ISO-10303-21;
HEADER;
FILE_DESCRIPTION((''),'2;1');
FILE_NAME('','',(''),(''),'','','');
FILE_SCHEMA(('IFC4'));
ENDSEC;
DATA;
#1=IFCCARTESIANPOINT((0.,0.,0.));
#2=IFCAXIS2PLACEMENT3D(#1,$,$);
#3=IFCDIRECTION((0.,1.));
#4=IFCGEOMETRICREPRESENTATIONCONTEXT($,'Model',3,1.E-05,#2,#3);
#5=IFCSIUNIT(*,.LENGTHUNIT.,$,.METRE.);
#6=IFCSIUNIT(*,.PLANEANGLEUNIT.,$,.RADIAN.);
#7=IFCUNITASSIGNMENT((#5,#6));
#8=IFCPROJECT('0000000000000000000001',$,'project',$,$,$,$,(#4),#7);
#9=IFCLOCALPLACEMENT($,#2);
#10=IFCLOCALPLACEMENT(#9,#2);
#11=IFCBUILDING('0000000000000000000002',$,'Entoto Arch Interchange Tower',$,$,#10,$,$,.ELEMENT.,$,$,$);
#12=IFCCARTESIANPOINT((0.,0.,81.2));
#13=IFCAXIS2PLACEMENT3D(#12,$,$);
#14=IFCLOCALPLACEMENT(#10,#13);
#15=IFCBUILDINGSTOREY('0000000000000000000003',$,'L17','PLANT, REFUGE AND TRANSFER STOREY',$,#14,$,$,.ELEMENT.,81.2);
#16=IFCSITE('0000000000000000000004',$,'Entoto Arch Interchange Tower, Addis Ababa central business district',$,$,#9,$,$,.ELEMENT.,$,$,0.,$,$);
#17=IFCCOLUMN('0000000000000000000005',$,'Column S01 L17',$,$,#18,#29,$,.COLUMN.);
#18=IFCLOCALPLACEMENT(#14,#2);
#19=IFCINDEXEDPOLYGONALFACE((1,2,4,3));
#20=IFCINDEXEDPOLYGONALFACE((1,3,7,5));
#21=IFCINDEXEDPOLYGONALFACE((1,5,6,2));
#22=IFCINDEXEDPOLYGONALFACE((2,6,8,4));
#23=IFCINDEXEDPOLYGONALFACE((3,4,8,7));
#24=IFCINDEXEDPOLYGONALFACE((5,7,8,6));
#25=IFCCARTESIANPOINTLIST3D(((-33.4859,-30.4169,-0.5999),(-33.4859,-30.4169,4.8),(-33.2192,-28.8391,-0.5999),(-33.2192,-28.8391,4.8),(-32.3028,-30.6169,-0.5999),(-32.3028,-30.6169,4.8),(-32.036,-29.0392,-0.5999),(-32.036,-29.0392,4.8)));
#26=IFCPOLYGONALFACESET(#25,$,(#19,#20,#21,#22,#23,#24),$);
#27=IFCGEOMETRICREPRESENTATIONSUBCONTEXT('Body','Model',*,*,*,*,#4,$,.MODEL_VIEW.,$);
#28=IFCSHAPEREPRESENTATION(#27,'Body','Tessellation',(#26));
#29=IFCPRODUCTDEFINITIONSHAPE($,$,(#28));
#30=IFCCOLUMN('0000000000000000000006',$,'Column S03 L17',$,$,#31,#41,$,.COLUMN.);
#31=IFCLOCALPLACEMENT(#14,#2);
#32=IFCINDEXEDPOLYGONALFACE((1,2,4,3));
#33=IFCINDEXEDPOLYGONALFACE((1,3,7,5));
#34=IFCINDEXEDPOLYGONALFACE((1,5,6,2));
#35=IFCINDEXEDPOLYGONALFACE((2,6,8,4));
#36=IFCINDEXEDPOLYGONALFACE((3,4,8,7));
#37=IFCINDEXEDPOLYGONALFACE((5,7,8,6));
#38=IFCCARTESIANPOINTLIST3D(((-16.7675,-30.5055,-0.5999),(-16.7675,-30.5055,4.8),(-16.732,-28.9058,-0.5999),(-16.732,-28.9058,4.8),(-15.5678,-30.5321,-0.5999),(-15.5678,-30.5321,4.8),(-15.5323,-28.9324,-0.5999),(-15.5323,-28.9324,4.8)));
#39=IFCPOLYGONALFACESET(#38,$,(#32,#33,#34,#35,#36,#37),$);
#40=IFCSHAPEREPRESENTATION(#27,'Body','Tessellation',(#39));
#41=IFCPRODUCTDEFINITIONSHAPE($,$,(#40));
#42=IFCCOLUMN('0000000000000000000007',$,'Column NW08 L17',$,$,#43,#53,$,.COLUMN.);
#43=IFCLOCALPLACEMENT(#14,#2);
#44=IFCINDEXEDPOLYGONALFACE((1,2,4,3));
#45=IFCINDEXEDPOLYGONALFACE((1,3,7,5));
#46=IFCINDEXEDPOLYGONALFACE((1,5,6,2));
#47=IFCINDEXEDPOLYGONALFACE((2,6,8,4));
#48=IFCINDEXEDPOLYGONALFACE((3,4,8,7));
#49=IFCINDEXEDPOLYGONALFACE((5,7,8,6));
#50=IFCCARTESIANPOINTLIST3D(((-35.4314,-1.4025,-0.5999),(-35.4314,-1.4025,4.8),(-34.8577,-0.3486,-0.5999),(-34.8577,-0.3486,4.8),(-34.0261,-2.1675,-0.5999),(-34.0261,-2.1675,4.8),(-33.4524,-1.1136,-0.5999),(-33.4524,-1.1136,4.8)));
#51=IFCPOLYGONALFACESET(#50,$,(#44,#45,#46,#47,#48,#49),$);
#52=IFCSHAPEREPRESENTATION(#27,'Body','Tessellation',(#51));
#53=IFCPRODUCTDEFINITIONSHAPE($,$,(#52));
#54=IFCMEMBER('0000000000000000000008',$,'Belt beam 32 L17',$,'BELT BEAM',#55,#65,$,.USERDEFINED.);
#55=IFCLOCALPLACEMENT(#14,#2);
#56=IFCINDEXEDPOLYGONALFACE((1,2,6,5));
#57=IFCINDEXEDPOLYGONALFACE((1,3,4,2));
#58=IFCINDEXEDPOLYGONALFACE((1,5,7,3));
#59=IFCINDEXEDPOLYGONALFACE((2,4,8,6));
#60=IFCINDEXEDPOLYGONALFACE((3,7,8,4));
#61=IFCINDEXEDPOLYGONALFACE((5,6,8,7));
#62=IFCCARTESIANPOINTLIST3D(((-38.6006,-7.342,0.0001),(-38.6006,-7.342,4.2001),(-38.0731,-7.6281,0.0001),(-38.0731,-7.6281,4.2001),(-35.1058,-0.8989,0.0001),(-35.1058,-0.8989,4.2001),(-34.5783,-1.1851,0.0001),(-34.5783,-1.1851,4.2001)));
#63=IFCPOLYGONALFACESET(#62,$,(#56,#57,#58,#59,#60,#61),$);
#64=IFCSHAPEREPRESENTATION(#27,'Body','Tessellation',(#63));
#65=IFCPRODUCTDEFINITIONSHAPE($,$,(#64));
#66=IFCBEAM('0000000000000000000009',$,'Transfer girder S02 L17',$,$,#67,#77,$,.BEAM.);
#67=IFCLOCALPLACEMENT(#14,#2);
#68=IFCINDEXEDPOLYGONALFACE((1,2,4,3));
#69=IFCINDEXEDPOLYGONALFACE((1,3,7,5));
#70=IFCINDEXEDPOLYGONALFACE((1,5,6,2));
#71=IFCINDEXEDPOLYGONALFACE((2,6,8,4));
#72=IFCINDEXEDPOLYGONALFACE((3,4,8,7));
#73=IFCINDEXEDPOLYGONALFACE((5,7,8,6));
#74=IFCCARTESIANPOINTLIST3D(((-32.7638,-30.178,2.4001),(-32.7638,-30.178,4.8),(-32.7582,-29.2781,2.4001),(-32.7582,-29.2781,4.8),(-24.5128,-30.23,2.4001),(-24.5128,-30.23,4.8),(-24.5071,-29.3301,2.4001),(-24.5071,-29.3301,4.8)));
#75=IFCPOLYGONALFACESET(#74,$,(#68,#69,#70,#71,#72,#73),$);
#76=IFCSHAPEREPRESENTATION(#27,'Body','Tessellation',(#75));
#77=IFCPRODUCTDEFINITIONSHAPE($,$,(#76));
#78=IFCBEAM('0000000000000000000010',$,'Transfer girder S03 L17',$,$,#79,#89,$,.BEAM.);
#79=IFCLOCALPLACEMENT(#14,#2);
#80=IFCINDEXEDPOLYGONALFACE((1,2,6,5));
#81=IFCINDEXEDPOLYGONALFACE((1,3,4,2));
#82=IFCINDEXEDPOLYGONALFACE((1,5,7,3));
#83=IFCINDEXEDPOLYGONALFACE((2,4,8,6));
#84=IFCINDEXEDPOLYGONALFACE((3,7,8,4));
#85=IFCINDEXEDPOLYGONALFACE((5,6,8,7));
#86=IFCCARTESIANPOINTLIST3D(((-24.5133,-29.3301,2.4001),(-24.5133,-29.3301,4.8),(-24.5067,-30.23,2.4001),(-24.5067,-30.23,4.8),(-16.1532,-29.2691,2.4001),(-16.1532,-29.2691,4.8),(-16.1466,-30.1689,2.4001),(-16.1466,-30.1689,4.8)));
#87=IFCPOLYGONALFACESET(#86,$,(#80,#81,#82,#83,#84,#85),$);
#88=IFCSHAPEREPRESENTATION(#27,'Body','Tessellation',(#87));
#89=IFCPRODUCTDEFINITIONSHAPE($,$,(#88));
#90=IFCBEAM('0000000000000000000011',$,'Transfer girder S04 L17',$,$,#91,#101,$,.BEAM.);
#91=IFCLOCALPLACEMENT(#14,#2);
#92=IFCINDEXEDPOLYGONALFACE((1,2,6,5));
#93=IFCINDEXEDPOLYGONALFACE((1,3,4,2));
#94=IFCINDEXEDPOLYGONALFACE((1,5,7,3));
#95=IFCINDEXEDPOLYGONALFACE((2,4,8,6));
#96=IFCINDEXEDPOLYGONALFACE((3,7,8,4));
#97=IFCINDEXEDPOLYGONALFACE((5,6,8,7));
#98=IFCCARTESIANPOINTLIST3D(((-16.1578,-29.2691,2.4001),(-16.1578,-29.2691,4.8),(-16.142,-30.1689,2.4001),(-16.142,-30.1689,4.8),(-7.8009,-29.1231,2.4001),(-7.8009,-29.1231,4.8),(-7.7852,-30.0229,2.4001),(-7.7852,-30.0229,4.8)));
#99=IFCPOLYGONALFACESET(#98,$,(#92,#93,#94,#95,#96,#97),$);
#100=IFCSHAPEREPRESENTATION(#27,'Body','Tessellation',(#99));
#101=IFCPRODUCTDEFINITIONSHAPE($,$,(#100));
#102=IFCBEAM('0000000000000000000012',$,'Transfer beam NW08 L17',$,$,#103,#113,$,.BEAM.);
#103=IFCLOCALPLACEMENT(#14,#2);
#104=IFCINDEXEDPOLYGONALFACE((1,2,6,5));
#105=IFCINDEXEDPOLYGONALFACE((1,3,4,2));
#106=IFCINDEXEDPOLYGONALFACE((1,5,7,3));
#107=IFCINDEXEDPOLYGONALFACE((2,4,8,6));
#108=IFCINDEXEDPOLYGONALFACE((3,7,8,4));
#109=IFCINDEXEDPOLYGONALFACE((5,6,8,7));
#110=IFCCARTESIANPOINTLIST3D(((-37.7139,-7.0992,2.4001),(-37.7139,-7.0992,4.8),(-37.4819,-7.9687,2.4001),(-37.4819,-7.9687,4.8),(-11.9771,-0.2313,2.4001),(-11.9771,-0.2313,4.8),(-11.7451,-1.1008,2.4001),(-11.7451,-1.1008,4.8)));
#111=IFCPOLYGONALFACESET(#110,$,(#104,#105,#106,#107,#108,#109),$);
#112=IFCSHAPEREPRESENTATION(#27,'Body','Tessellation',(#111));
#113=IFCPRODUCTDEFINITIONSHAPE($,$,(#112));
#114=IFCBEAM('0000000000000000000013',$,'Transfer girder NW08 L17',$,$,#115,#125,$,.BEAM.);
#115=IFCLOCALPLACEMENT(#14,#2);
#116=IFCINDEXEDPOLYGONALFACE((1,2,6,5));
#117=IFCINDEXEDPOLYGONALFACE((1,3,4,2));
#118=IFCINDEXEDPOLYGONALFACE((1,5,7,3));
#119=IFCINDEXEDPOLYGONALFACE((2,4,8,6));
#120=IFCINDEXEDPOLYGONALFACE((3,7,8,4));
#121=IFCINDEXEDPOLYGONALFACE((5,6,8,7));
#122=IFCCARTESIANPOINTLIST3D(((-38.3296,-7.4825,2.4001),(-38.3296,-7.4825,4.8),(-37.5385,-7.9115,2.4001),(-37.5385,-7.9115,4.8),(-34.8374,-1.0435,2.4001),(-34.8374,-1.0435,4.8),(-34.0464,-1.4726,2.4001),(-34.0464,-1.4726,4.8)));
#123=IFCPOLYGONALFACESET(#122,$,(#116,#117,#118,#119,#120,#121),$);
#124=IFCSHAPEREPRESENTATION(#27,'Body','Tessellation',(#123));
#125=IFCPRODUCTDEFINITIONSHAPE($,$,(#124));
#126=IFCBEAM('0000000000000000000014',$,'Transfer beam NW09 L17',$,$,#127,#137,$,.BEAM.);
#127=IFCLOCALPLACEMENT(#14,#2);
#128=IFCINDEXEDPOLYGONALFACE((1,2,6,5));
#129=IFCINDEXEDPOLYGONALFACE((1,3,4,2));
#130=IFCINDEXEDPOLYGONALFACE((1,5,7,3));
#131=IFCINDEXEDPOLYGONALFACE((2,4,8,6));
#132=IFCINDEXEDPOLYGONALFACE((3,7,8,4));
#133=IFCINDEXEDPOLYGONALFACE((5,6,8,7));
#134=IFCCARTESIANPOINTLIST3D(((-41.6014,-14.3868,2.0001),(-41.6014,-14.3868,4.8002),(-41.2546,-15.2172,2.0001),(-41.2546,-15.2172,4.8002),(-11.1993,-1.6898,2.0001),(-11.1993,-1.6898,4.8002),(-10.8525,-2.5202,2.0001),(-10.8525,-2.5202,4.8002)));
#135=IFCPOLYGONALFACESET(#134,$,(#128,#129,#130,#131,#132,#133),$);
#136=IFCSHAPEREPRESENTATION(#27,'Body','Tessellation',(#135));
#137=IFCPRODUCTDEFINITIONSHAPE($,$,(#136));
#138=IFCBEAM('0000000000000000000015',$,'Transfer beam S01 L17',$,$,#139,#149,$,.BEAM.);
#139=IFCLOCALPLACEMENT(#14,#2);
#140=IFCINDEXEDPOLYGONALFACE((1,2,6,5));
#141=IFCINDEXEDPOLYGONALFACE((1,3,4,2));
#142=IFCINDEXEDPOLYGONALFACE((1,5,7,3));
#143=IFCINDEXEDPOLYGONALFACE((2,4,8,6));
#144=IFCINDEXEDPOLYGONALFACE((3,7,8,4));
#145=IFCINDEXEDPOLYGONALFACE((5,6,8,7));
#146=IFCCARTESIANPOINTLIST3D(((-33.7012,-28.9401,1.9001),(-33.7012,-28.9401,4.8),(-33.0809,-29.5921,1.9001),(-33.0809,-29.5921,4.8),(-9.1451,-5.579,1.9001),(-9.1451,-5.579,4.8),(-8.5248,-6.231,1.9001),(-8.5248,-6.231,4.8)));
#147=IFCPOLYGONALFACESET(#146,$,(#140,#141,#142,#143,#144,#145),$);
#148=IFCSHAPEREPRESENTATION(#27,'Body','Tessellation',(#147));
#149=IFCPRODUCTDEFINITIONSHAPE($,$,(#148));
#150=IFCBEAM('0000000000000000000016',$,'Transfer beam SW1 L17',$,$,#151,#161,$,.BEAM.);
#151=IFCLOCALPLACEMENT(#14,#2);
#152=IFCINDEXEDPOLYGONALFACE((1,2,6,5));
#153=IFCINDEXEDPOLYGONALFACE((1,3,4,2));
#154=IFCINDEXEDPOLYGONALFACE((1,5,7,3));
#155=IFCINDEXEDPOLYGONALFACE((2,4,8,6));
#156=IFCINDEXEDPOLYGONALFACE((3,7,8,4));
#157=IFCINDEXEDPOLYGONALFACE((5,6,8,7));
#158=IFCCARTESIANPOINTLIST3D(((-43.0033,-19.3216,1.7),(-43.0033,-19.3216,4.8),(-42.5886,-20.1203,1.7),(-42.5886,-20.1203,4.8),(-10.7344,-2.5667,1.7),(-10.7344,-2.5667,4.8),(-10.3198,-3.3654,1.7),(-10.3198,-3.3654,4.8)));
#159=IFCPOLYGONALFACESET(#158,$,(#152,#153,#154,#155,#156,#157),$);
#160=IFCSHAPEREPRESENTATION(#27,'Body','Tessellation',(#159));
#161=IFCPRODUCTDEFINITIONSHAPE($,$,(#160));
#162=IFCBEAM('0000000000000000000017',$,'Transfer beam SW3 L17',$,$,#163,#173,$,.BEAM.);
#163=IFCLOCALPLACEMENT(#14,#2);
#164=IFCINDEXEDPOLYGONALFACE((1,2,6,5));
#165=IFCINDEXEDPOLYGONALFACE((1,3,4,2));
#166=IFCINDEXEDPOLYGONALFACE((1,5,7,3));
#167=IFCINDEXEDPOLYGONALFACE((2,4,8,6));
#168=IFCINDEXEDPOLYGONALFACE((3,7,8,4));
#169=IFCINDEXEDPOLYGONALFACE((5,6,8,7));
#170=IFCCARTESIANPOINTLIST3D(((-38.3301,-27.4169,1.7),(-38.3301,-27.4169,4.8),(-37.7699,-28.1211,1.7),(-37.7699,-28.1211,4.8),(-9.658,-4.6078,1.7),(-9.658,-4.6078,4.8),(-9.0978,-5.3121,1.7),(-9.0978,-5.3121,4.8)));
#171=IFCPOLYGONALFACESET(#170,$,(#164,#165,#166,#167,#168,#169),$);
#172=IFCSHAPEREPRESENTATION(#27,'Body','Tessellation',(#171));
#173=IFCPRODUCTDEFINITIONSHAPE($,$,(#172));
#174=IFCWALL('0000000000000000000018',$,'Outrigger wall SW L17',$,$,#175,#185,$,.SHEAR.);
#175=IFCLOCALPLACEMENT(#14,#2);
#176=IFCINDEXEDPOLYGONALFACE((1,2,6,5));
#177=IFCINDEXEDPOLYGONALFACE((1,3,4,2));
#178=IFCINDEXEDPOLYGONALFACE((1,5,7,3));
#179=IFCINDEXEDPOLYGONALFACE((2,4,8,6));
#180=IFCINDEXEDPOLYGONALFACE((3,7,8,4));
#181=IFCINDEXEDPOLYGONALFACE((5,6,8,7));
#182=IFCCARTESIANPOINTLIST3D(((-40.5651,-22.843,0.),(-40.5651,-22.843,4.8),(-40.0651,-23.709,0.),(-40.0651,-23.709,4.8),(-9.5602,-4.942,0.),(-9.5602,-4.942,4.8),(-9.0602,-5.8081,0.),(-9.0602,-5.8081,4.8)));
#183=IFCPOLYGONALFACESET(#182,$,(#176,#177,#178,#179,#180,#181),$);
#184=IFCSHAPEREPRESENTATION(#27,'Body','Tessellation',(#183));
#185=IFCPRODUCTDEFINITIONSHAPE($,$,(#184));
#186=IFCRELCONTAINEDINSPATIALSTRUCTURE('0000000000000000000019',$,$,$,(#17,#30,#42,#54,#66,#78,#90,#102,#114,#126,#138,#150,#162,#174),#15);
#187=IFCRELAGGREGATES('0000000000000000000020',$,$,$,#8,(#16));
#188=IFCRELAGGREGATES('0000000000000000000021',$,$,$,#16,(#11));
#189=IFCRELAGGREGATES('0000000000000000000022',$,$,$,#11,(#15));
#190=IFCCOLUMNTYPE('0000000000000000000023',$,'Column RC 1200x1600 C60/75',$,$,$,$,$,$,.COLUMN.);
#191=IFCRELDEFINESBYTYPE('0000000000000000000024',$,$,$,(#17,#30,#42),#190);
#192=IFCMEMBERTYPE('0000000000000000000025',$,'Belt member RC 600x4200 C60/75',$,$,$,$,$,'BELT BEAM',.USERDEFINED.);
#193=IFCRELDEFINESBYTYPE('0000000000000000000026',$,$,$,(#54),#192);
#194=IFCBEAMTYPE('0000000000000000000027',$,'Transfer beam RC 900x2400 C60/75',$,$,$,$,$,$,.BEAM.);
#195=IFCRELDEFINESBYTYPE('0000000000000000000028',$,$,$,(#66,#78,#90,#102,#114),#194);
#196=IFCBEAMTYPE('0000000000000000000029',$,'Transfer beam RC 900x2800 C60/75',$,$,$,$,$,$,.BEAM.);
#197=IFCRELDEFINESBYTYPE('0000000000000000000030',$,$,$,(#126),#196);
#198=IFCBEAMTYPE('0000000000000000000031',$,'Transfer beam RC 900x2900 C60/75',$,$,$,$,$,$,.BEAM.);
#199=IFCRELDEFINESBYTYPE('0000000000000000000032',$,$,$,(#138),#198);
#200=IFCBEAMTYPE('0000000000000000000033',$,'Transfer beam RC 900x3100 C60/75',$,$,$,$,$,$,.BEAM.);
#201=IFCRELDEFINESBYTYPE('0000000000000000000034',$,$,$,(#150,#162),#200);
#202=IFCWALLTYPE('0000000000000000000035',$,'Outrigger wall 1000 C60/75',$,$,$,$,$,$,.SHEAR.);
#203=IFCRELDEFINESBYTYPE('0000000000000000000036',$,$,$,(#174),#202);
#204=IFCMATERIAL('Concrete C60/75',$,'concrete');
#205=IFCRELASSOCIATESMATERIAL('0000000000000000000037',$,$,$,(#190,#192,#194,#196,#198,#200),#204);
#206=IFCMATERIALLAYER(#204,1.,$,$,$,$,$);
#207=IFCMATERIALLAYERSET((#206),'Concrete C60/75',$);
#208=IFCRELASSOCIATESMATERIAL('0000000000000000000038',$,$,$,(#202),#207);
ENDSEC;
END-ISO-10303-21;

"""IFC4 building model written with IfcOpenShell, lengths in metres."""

from ifc_helpers import new_model, si_unit, direction, frame, frame_2d, origin, origin_2d, place, context, subcontext, project, spatial, rectangle, extrude, material, layer, layer_set, material_profile, profile_set, type_object, element, save


model = new_model("IFC4")

# Units and contexts
model_context = context("Model", 3, precision=1e-05, world=origin(), true_north=direction((0.0, 1.0)))
body_context = subcontext(model_context, "Body", "Model", "MODEL_VIEW")
ifc_project = project(units=[si_unit("LENGTHUNIT", "METRE"), si_unit("PLANEANGLEUNIT", "RADIAN")], contexts=[model_context])

# Site, building, storey
site_placement = place(None, origin())
site = spatial("IfcSite", under=ifc_project, at=site_placement, Name="Entoto Arch Interchange Tower, Addis Ababa central business district", CompositionType="ELEMENT", RefElevation=0.0)
building_placement = place(site_placement, origin())
building = spatial("IfcBuilding", under=site, at=building_placement, Name="Entoto Arch Interchange Tower", CompositionType="ELEMENT")
storey_placement = place(building_placement, frame((0.0, 0.0, 81.2)))
storey = spatial("IfcBuildingStorey", under=building, at=storey_placement, Name="L17", Description="PLANT, REFUGE AND TRANSFER STOREY", CompositionType="ELEMENT", Elevation=81.2)

# Columns
ifc_material_1 = material(Name="Concrete C60/75", Category="concrete")
ifc_material_profile_1 = material_profile(ifc_material_1, rectangle(XDim=1.2, YDim=1.6001, at=origin_2d()))
ifc_profile_set_1 = profile_set([ifc_material_profile_1], Name="Concrete C60/75")
column_type = type_object("IfcColumnType", Name="Column RC 1200x1600 C60/75", PredefinedType="COLUMN", material=ifc_profile_set_1)
for number, where, z_axis, x_axis, name in (
    (1, (-32.761, -29.728, -0.5999), (0.0, 0.0, 1.0), (-0.986005, 0.166717, 0.0), "Column S01 L17"),
    (2, (-16.1499, -29.719, -0.5999), (0.0, 0.0, 1.0), (-0.999754, 0.022164, 0.0), "Column S03 L17"),
    (3, (-34.4419, -1.2581, -0.5999), (0.0, 0.0, 1.0), (0.47814, 0.878284, 0.0), "Column NW08 L17"),
):
    element("IfcColumn", number, at=place(storey_placement, frame(where, z_axis=z_axis, x_axis=x_axis)), inside=storey, type_object=column_type, Name=name, PredefinedType="COLUMN", context=body_context, shape_type="SweptSolid", body=[
        extrude(rectangle(XDim=1.2, YDim=1.6001, at=origin_2d()), origin(), (0.0, 0.0, 1.0), 5.3999),
    ])

# Member
ifc_material_profile_2 = material_profile(ifc_material_1, rectangle(XDim=0.6001, YDim=4.2, at=origin_2d()))
ifc_profile_set_2 = profile_set([ifc_material_profile_2], Name="Concrete C60/75")
member_type = type_object("IfcMemberType", Name="Belt member RC 600x4200 C60/75", ElementType="BELT BEAM", PredefinedType="USERDEFINED", material=ifc_profile_set_2)
member_placement = place(storey_placement, frame((-34.842, -1.042, 2.1001), z_axis=(-0.476795, -0.879015, 0.0), x_axis=(0.879015, -0.476795, 0.0)))
element("IfcMember", 4, at=member_placement, inside=storey, type_object=member_type, Name="Belt beam 32 L17", ObjectType="BELT BEAM", PredefinedType="USERDEFINED", context=body_context, shape_type="SweptSolid", body=[
    extrude(rectangle(XDim=0.6001, YDim=4.2, at=origin_2d()), origin(), (0.0, 0.0, 1.0), 7.3298),
])

# Beams
ifc_material_profile_3 = material_profile(ifc_material_1, rectangle(XDim=0.8999, YDim=2.3999, at=origin_2d()))
ifc_profile_set_3 = profile_set([ifc_material_profile_3], Name="Concrete C60/75")
beam_type_1 = type_object("IfcBeamType", Name="Transfer beam RC 900x2400 C60/75", PredefinedType="BEAM", material=ifc_profile_set_3)
beam_1_placement = place(storey_placement, frame((-32.761, -29.728, 3.6001), z_axis=(0.99998, -0.006302, 0.0), x_axis=(0.006302, 0.99998, 0.0)))
element("IfcBeam", 5, at=beam_1_placement, inside=storey, type_object=beam_type_1, Name="Transfer girder S02 L17", PredefinedType="BEAM", context=body_context, shape_type="SweptSolid", body=[
    extrude(rectangle(XDim=0.8999, YDim=2.3999, at=origin_2d()), origin(), (0.0, 0.0, 1.0), 8.2512),
])
beam_2_placement = place(storey_placement, frame((-24.51, -29.78, 3.6001), z_axis=(0.999973, 0.007301, 0.0), x_axis=(-0.007301, 0.999973, 0.0)))
element("IfcBeam", 6, at=beam_2_placement, inside=storey, type_object=beam_type_1, Name="Transfer girder S03 L17", PredefinedType="BEAM", context=body_context, shape_type="SweptSolid", body=[
    extrude(rectangle(XDim=0.8999, YDim=2.3999, at=origin_2d()), origin(), (0.0, 0.0, 1.0), 8.3604),
])
beam_3_placement = place(storey_placement, frame((-16.1499, -29.719, 3.6001), z_axis=(0.999847, 0.017467, 0.0), x_axis=(-0.017467, 0.999847, 0.0)))
element("IfcBeam", 7, at=beam_3_placement, inside=storey, type_object=beam_type_1, Name="Transfer girder S04 L17", PredefinedType="BEAM", context=body_context, shape_type="SweptSolid", body=[
    extrude(rectangle(XDim=0.8999, YDim=2.3999, at=origin_2d()), origin(), (0.0, 0.0, 1.0), 8.3582),
])
beam_4_placement = place(storey_placement, frame((-11.8611, -0.666, 3.6001), z_axis=(-0.96619, -0.25783, 0.0), x_axis=(0.25783, -0.96619, 0.0)))
element("IfcBeam", 8, at=beam_4_placement, inside=storey, type_object=beam_type_1, Name="Transfer beam NW08 L17", PredefinedType="BEAM", context=body_context, shape_type="SweptSolid", body=[
    extrude(rectangle(XDim=0.8999, YDim=2.3999, at=origin_2d()), origin(), (0.0, 0.0, 1.0), 26.6375),
])
beam_5_placement = place(storey_placement, frame((-34.4419, -1.2581, 3.6001), z_axis=(-0.476749, -0.879039, 0.0), x_axis=(0.879039, -0.476749, 0.0)))
element("IfcBeam", 9, at=beam_5_placement, inside=storey, type_object=beam_type_1, Name="Transfer girder NW08 L17", PredefinedType="BEAM", context=body_context, shape_type="SweptSolid", body=[
    extrude(rectangle(XDim=0.8999, YDim=2.3999, at=origin_2d()), origin(), (0.0, 0.0, 1.0), 7.325),
])
ifc_material_profile_4 = material_profile(ifc_material_1, rectangle(XDim=0.8999, YDim=2.8, at=origin_2d()))
ifc_profile_set_4 = profile_set([ifc_material_profile_4], Name="Concrete C60/75")
beam_type_2 = type_object("IfcBeamType", Name="Transfer beam RC 900x2800 C60/75", PredefinedType="BEAM", material=ifc_profile_set_4)
beam_6_placement = place(storey_placement, frame((-11.0259, -2.105, 3.4001), z_axis=(-0.922759, -0.385378, 0.0), x_axis=(0.385378, -0.922759, 0.0)))
element("IfcBeam", 10, at=beam_6_placement, inside=storey, type_object=beam_type_2, Name="Transfer beam NW09 L17", PredefinedType="BEAM", context=body_context, shape_type="SweptSolid", body=[
    extrude(rectangle(XDim=0.8999, YDim=2.8, at=origin_2d()), origin(), (0.0, 0.0, 1.0), 32.947),
])
ifc_material_profile_5 = material_profile(ifc_material_1, rectangle(XDim=0.8999, YDim=2.8999, at=origin_2d()))
ifc_profile_set_5 = profile_set([ifc_material_profile_5], Name="Concrete C60/75")
beam_type_3 = type_object("IfcBeamType", Name="Transfer beam RC 900x2900 C60/75", PredefinedType="BEAM", material=ifc_profile_set_5)
beam_7_placement = place(storey_placement, frame((-8.835, -5.905, 3.3501), z_axis=(-0.724517, -0.689257, 0.0), x_axis=(0.689257, -0.724517, 0.0)))
element("IfcBeam", 11, at=beam_7_placement, inside=storey, type_object=beam_type_3, Name="Transfer beam S01 L17", PredefinedType="BEAM", context=body_context, shape_type="SweptSolid", body=[
    extrude(rectangle(XDim=0.8999, YDim=2.8999, at=origin_2d()), origin(), (0.0, 0.0, 1.0), 33.8931),
])
ifc_material_profile_6 = material_profile(ifc_material_1, rectangle(XDim=0.8999, YDim=3.1001, at=origin_2d()))
ifc_profile_set_6 = profile_set([ifc_material_profile_6], Name="Concrete C60/75")
beam_type_4 = type_object("IfcBeamType", Name="Transfer beam RC 900x3100 C60/75", PredefinedType="BEAM", material=ifc_profile_set_6)
beam_8_placement = place(storey_placement, frame((-10.5271, -2.9661, 3.25), z_axis=(-0.887497, -0.460814, 0.0), x_axis=(0.460814, -0.887497, 0.0)))
element("IfcBeam", 12, at=beam_8_placement, inside=storey, type_object=beam_type_4, Name="Transfer beam SW1 L17", PredefinedType="BEAM", context=body_context, shape_type="SweptSolid", body=[
    extrude(rectangle(XDim=0.8999, YDim=3.1001, at=origin_2d()), origin(), (0.0, 0.0, 1.0), 36.3594),
])
beam_9_placement = place(storey_placement, frame((-9.3779, -4.96, 3.25), z_axis=(-0.782578, -0.622552, 0.0), x_axis=(0.622552, -0.782578, 0.0)))
element("IfcBeam", 13, at=beam_9_placement, inside=storey, type_object=beam_type_4, Name="Transfer beam SW3 L17", PredefinedType="BEAM", context=body_context, shape_type="SweptSolid", body=[
    extrude(rectangle(XDim=0.8999, YDim=3.1001, at=origin_2d()), origin(), (0.0, 0.0, 1.0), 36.6379),
])

# Wall
ifc_layer_1 = layer(ifc_material_1, 1.0)
ifc_layer_set_1 = layer_set([ifc_layer_1], Name="Concrete C60/75")
wall_type_1 = type_object("IfcWallType", Name="Outrigger wall 1000 C60/75", PredefinedType="SHEAR", material=ifc_layer_set_1)
wall_1_placement = place(storey_placement, frame((-9.3101, -5.375, 0.0), z_axis=(0.0, 0.0, 1.0), x_axis=(-0.866023, -0.500004, 0.0)))
element("IfcWall", 14, at=wall_1_placement, inside=storey, type_object=wall_type_1, Name="Outrigger wall SW L17", PredefinedType="SHEAR", context=body_context, shape_type="SweptSolid", body=[
    extrude(rectangle(XDim=35.8015, YDim=1.0, at=frame_2d((17.9009, 0.0))), origin(), (0.0, 0.0, 1.0), 4.8),
])

save(model, "model.ifc")
